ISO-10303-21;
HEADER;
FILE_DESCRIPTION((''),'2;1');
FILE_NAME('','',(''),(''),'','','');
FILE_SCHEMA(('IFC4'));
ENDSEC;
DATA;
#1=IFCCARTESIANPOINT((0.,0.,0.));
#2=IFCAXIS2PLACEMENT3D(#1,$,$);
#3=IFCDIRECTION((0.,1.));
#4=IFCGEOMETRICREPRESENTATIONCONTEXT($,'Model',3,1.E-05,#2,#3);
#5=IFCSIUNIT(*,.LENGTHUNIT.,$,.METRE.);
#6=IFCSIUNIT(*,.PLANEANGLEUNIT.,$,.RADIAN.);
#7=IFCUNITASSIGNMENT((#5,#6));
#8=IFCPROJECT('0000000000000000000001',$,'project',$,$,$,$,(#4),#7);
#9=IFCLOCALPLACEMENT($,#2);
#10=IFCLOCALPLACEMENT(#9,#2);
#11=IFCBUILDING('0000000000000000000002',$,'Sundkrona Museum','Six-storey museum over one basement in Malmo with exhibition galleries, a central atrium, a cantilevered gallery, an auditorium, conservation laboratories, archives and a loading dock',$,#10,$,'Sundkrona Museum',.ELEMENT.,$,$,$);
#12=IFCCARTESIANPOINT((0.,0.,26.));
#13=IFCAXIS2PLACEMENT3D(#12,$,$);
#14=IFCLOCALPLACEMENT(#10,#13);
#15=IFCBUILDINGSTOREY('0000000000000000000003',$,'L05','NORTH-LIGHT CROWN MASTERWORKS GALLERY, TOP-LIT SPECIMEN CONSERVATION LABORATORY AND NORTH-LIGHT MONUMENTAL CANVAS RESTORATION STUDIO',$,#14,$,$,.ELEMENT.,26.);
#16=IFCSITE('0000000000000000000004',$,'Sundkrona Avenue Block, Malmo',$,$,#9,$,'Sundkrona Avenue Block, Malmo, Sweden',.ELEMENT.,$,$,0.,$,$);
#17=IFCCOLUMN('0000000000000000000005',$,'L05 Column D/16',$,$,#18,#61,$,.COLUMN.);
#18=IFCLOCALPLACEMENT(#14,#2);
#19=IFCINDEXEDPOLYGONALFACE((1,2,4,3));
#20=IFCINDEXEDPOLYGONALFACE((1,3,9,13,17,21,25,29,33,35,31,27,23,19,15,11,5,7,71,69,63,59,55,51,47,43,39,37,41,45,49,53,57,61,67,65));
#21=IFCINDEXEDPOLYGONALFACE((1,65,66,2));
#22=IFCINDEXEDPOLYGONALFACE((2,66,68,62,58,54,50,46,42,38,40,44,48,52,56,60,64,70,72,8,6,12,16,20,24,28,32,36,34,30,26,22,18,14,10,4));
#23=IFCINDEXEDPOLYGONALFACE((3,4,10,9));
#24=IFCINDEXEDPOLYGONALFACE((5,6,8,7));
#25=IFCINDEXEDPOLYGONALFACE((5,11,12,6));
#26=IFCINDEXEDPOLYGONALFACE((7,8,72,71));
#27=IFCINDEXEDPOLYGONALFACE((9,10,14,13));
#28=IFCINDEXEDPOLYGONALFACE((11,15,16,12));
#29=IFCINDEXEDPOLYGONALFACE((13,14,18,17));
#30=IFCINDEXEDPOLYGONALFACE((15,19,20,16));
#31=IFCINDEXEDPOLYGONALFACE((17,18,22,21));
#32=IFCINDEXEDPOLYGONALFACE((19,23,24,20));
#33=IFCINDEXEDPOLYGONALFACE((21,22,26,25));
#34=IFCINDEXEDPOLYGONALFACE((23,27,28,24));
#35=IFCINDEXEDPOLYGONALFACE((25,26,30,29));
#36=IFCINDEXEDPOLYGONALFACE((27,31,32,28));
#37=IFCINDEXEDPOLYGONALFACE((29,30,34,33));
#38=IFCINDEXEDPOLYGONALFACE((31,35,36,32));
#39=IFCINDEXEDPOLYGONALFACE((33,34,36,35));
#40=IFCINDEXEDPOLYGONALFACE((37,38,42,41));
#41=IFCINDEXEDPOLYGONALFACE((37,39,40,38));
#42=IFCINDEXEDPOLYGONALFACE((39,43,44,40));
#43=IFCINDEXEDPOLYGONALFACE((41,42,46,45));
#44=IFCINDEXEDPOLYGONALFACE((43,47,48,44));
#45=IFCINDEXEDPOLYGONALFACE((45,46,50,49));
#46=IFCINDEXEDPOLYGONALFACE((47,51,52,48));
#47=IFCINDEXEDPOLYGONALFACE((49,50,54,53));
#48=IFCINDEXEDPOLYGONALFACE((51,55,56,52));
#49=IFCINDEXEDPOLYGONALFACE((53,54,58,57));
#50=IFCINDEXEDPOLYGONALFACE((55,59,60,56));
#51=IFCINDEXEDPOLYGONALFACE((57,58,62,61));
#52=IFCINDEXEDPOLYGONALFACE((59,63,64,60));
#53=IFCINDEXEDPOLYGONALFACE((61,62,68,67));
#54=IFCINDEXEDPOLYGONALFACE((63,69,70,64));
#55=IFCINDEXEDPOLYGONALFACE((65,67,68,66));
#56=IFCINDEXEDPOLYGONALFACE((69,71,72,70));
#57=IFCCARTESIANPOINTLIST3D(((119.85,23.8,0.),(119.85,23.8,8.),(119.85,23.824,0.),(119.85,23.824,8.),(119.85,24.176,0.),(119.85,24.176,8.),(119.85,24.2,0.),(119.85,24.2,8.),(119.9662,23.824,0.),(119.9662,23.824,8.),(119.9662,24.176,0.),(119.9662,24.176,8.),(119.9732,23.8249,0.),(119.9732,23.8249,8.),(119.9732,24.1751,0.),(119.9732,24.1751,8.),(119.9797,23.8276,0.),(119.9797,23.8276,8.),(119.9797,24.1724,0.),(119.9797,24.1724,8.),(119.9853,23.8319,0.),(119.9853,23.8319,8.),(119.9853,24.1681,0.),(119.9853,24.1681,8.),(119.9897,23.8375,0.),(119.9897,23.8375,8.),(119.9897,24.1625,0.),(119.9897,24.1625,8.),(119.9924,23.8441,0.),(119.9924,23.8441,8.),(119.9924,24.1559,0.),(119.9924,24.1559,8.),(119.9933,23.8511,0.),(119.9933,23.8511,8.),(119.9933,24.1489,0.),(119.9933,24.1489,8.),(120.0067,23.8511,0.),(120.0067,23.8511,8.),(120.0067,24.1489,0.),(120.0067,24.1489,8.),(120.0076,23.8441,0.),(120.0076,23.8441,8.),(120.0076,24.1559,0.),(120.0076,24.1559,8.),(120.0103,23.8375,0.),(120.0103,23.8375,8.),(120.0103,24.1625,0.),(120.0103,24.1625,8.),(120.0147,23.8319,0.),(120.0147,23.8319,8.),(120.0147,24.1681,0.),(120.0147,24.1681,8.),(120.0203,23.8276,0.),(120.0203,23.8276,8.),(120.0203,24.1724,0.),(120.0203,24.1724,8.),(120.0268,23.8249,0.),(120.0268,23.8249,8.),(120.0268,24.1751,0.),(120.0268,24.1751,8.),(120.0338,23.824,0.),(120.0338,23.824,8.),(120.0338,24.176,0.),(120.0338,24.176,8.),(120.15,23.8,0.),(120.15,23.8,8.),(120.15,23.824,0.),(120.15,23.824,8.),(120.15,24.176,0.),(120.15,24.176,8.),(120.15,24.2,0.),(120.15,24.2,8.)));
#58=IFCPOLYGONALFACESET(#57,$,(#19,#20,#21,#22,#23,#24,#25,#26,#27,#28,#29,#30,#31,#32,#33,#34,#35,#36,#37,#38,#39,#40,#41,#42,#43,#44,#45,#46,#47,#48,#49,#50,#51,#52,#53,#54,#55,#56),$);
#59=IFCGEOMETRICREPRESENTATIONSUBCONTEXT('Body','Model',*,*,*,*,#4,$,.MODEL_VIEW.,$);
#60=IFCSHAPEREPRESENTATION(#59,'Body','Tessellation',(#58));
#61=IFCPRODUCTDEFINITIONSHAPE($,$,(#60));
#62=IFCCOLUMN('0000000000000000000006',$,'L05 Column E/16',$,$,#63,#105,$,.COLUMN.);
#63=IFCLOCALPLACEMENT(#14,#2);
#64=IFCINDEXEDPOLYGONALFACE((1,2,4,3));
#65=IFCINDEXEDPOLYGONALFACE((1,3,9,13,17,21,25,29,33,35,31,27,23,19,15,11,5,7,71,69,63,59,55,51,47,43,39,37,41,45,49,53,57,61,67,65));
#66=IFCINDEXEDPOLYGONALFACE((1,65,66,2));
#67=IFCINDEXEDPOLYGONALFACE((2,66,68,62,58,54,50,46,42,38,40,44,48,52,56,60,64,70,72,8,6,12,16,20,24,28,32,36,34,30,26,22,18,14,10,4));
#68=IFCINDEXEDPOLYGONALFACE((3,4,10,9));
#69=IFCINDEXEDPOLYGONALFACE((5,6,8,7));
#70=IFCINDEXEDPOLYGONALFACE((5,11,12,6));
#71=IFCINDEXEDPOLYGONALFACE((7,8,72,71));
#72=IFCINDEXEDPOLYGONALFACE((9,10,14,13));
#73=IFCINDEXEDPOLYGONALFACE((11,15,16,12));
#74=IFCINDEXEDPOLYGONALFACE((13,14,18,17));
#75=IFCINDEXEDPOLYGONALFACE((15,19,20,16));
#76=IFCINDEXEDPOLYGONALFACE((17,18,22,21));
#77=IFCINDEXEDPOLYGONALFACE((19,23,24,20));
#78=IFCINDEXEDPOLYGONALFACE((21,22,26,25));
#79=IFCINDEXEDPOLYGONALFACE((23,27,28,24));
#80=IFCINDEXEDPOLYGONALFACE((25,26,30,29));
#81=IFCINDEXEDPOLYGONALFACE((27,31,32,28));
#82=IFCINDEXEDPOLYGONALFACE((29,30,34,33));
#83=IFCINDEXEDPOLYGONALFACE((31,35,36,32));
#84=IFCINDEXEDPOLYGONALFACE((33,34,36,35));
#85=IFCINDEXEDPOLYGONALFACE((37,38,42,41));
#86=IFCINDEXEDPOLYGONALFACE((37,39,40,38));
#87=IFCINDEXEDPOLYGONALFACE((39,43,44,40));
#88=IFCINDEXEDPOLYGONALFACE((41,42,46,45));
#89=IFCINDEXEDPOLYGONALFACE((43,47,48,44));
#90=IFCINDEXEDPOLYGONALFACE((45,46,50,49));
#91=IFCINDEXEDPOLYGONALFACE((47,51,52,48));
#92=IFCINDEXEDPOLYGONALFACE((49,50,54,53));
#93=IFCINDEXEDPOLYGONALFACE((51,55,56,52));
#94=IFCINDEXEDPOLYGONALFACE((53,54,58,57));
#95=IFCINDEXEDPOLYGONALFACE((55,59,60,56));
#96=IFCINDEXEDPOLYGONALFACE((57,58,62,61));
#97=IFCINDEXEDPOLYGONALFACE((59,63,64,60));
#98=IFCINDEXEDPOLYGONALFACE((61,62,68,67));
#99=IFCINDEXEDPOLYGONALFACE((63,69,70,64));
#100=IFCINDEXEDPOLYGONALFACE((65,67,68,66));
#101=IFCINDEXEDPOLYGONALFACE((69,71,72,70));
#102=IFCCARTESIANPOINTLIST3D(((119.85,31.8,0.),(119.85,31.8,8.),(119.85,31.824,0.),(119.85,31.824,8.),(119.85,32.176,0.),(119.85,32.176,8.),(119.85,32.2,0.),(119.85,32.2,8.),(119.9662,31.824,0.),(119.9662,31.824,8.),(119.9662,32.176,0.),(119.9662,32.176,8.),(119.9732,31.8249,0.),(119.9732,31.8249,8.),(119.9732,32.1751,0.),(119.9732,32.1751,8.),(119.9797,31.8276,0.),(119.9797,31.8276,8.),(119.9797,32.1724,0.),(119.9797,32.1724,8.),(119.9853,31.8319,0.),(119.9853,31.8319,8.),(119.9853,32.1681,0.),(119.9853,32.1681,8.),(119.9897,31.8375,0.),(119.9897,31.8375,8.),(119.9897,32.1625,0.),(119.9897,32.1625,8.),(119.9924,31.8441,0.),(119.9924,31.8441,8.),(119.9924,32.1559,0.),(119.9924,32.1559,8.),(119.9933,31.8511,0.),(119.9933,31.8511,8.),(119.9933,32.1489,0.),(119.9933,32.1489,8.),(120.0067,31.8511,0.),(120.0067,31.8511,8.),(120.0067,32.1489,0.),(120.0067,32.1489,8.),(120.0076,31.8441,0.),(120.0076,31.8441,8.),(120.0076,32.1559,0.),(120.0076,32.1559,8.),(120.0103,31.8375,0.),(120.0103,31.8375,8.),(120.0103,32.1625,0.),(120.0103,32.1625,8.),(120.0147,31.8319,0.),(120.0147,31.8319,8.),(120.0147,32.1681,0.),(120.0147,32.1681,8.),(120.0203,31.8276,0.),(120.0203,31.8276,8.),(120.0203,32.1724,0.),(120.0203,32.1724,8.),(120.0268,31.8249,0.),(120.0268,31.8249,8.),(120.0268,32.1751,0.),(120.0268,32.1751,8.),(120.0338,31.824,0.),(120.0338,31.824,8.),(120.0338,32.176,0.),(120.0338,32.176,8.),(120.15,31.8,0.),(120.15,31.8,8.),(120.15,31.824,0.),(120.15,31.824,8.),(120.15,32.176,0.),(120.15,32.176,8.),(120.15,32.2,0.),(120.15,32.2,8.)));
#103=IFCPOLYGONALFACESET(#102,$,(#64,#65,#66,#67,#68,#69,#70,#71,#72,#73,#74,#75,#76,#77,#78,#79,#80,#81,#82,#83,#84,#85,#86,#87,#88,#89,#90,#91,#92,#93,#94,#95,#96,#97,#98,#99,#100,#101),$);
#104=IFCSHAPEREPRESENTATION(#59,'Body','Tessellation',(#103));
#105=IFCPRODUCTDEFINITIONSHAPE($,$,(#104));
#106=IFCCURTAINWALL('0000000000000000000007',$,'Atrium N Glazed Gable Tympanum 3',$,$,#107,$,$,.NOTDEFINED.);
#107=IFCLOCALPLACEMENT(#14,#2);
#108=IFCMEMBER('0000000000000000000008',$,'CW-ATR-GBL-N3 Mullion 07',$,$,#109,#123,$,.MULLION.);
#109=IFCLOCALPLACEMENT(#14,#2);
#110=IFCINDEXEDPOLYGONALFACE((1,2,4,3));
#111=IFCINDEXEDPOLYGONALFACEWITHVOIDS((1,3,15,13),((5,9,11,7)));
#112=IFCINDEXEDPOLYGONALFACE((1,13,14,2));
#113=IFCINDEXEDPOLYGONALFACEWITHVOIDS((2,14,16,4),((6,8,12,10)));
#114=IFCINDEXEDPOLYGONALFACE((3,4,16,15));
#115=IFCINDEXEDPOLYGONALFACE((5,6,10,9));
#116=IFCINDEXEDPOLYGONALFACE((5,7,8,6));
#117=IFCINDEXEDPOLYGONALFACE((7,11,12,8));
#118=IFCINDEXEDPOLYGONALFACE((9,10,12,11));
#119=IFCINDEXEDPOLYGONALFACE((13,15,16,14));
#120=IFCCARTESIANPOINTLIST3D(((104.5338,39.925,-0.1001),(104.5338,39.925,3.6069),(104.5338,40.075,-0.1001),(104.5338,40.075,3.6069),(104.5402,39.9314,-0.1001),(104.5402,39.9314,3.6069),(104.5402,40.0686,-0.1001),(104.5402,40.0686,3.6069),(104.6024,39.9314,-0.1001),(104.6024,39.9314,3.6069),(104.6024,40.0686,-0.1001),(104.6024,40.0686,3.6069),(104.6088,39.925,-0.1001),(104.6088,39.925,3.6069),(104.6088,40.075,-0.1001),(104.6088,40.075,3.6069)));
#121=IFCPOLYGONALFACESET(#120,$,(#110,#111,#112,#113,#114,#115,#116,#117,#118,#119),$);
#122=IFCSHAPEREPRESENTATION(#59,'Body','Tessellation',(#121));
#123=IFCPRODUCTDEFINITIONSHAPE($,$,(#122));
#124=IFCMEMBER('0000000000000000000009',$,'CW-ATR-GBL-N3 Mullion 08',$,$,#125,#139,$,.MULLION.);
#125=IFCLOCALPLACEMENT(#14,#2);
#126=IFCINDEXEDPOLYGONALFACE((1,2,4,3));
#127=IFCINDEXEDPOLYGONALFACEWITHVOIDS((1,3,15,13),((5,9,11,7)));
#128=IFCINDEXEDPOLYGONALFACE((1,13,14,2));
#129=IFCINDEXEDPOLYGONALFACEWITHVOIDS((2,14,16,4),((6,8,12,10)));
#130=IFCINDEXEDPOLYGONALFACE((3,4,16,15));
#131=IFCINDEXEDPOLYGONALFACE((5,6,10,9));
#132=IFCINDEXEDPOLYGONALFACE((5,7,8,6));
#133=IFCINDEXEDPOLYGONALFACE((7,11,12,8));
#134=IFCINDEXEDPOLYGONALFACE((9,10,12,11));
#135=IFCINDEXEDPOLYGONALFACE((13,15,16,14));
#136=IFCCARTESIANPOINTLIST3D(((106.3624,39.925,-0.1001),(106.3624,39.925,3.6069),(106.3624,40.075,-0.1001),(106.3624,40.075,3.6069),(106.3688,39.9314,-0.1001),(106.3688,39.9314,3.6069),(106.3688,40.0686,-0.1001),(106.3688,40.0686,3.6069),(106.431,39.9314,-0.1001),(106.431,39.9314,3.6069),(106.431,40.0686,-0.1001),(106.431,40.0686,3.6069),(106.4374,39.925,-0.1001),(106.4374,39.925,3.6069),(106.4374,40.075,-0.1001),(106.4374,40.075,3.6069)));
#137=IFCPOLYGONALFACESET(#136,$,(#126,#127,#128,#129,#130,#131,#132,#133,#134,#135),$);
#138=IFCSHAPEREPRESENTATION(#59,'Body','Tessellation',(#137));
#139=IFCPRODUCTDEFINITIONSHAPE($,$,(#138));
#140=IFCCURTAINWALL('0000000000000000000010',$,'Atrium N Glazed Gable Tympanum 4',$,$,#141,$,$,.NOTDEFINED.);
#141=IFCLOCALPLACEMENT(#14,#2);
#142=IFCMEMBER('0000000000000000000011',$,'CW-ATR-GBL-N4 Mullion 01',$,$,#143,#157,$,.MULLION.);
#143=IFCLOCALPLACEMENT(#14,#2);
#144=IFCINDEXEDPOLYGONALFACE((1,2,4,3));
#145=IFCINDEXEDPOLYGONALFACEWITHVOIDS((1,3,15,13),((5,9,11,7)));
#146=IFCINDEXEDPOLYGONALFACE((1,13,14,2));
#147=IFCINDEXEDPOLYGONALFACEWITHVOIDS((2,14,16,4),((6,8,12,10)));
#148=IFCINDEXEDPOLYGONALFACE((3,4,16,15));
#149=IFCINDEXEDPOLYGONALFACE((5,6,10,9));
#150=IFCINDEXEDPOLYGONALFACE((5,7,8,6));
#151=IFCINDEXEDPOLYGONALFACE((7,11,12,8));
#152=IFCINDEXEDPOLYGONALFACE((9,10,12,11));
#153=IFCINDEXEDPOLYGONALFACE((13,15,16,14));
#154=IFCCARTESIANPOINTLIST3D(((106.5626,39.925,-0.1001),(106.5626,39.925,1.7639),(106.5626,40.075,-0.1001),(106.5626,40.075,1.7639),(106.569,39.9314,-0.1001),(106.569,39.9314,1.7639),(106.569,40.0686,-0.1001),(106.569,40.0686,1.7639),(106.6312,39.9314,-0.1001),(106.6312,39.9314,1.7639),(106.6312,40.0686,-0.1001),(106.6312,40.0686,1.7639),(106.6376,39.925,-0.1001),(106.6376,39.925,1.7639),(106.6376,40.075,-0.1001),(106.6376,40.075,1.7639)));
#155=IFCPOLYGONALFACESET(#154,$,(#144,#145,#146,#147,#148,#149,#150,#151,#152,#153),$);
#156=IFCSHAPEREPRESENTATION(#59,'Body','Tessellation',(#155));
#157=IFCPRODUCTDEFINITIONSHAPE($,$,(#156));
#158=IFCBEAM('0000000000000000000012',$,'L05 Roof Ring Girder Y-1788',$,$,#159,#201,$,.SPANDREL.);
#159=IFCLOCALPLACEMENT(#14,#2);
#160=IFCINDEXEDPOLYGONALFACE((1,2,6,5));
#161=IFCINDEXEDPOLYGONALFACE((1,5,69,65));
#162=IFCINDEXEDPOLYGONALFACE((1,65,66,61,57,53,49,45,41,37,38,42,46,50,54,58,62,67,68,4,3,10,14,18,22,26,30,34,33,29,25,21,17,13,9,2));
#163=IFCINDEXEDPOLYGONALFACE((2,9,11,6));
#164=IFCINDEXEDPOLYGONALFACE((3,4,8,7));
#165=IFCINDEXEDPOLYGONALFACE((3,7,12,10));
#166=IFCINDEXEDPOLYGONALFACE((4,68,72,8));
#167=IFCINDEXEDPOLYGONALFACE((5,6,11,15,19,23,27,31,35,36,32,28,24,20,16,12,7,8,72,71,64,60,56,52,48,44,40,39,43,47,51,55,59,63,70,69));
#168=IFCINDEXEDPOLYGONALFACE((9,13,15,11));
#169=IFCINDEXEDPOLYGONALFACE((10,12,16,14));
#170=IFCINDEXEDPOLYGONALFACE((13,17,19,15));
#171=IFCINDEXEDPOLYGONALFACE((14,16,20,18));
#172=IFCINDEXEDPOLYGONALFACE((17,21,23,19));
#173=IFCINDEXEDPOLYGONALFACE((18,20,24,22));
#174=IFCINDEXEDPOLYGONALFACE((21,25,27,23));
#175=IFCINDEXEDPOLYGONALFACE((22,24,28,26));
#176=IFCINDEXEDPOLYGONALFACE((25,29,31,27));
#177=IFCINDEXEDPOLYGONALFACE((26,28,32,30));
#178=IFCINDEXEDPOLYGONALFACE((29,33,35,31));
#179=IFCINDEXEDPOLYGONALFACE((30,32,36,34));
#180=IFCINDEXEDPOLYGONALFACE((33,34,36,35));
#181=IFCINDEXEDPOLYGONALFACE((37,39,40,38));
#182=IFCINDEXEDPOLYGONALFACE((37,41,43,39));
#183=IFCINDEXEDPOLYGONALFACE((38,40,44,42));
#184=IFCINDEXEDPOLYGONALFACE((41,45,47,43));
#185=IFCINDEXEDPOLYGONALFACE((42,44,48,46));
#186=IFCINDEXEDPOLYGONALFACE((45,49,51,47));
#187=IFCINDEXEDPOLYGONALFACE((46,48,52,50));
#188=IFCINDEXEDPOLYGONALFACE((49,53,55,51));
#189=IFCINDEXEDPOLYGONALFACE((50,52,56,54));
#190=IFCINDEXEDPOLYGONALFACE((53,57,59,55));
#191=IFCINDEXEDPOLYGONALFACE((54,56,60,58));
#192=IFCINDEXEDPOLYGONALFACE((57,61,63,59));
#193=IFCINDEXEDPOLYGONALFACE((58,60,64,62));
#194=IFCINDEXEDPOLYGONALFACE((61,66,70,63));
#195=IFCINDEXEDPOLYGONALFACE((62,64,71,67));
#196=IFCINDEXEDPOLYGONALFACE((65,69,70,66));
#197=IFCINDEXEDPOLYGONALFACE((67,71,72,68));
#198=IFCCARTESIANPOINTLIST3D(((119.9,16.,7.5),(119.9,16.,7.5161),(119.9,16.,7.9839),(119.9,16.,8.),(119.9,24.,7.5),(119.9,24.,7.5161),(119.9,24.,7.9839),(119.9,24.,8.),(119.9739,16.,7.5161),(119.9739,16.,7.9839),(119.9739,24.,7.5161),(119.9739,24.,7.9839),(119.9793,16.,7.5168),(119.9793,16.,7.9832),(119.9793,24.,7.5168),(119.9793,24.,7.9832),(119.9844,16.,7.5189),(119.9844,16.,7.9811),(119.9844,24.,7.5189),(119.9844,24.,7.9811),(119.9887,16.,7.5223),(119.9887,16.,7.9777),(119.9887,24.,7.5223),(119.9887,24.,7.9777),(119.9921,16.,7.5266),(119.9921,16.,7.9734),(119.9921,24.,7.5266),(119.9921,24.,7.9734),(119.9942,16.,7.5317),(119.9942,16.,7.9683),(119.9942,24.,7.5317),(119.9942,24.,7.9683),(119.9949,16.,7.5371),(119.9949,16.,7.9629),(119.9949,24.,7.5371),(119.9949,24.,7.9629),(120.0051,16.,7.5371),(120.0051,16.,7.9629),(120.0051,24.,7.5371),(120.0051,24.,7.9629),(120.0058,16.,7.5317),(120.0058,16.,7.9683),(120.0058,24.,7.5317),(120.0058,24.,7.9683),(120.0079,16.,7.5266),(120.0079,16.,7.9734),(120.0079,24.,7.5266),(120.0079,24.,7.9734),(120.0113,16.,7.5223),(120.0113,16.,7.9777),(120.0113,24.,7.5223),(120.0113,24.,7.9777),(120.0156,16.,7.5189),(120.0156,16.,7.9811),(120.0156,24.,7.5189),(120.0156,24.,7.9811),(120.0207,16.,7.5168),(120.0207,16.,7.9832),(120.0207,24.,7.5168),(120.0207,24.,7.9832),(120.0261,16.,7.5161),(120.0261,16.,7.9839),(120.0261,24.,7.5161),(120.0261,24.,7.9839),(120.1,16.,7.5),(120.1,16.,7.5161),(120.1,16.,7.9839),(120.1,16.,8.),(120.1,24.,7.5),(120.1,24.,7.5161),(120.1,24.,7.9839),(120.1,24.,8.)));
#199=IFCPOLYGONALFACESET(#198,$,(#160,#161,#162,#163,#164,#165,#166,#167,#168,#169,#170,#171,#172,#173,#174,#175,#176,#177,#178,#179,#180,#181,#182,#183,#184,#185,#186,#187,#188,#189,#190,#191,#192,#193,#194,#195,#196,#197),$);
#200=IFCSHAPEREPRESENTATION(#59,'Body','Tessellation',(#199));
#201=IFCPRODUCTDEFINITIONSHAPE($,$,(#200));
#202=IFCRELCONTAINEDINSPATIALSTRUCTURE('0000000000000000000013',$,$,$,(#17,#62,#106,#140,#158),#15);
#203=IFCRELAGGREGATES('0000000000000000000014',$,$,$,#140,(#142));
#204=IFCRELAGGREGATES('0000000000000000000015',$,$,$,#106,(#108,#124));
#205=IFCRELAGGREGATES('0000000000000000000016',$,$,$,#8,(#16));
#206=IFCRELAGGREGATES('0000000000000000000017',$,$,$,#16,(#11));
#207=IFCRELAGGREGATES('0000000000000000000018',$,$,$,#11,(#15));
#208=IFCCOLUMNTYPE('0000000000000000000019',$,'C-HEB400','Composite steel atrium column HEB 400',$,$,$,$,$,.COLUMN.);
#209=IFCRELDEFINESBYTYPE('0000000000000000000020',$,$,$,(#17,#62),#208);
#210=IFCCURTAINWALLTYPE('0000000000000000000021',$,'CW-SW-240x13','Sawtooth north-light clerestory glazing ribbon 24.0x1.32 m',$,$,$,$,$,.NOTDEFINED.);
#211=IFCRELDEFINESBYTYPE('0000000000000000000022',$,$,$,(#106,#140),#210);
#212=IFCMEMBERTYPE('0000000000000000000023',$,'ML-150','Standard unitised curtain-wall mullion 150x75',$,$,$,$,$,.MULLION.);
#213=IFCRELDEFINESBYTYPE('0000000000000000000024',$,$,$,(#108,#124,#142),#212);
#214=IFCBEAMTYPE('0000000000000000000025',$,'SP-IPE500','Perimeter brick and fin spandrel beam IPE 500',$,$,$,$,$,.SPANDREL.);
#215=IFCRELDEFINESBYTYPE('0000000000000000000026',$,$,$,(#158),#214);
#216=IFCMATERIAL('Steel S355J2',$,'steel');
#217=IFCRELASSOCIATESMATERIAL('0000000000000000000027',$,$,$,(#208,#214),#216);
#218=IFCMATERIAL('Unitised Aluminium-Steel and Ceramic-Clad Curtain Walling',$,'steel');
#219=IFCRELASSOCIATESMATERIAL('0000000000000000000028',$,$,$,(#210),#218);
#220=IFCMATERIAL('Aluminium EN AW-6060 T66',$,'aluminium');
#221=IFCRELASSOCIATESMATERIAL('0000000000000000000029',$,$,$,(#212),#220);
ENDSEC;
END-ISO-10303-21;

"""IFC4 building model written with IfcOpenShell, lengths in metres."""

from ifc_helpers import new_model, si_unit, direction, frame, origin, origin_2d, place, context, subcontext, project, spatial, hollow_rectangle, i_section, extrude, material, material_profile, profile_set, type_object, element, aggregate, save


model = new_model("IFC4")

# Units and contexts
model_context = context("Model", 3, precision=1e-05, world=origin(), true_north=direction((0.0, 1.0)))
body_context = subcontext(model_context, "Body", "Model", "MODEL_VIEW")
ifc_project = project(units=[si_unit("LENGTHUNIT", "METRE"), si_unit("PLANEANGLEUNIT", "RADIAN")], contexts=[model_context])

# Site, building, storey
site_placement = place(None, origin())
site = spatial("IfcSite", under=ifc_project, at=site_placement, Name="Sundkrona Avenue Block, Malmo", LongName="Sundkrona Avenue Block, Malmo, Sweden", CompositionType="ELEMENT", RefElevation=0.0)
building_placement = place(site_placement, origin())
building = spatial("IfcBuilding", under=site, at=building_placement, Name="Sundkrona Museum", Description="Six-storey museum over one basement in Malmo with exhibition galleries, a central atrium, a cantilevered gallery, an auditorium, conservation laboratories, archives and a loading dock", LongName="Sundkrona Museum", CompositionType="ELEMENT")
storey_placement = place(building_placement, frame((0.0, 0.0, 26.0)))
storey = spatial("IfcBuildingStorey", under=building, at=storey_placement, Name="L05", Description="NORTH-LIGHT CROWN MASTERWORKS GALLERY, TOP-LIT SPECIMEN CONSERVATION LABORATORY AND NORTH-LIGHT MONUMENTAL CANVAS RESTORATION STUDIO", CompositionType="ELEMENT", Elevation=26.0)

# Columns
ifc_material_1 = material(Name="Steel S355J2", Category="steel")
ifc_material_profile_1 = material_profile(ifc_material_1, i_section(OverallWidth=0.3, OverallDepth=0.3999, WebThickness=0.0134, FlangeThickness=0.0239, FilletRadius=0.0271, at=origin_2d()), Name="HEB 400")
ifc_profile_set_1 = profile_set([ifc_material_profile_1], Name="Steel S355J2")
column_type = type_object("IfcColumnType", Name="C-HEB400", Description="Composite steel atrium column HEB 400", PredefinedType="COLUMN", material=ifc_profile_set_1)
for number, where, z_axis, x_axis, name in (
    (1, (120.0, 24.0, 0.0), (0.0, 0.0, 1.0), (1.0, 0.0, 0.0), "L05 Column D/16"),
    (2, (120.0, 32.0, 0.0), (0.0, 0.0, 1.0), (1.0, 0.0, 0.0), "L05 Column E/16"),
):
    element("IfcColumn", number, at=place(storey_placement, frame(where, z_axis=z_axis, x_axis=x_axis)), inside=storey, type_object=column_type, Name=name, PredefinedType="COLUMN", context=body_context, shape_type="SweptSolid", body=[
        extrude(i_section(OverallWidth=0.3, OverallDepth=0.3999, WebThickness=0.0134, FlangeThickness=0.0239, FilletRadius=0.0271, at=origin_2d()), origin(), (0.0, 0.0, 1.0), 8.0),
    ])

# Curtain wall, members
ifc_material_2 = material(Name="Unitised Aluminium-Steel and Ceramic-Clad Curtain Walling", Category="steel")
curtain_wall_type = type_object("IfcCurtainWallType", Name="CW-SW-240x13", Description="Sawtooth north-light clerestory glazing ribbon 24.0x1.32 m", PredefinedType="NOTDEFINED", material=ifc_material_2)
curtain_wall_1_placement = place(storey_placement, origin())
curtain_wall_1 = element("IfcCurtainWall", 3, at=curtain_wall_1_placement, inside=storey, type_object=curtain_wall_type, Name="Atrium N Glazed Gable Tympanum 3", PredefinedType="NOTDEFINED")
ifc_material_3 = material(Name="Aluminium EN AW-6060 T66", Category="aluminium")
ifc_material_profile_2 = material_profile(ifc_material_3, hollow_rectangle(XDim=0.075, YDim=0.1499, WallThickness=0.0063, at=origin_2d()), Name="RHS 150x75x6.3")
ifc_profile_set_2 = profile_set([ifc_material_profile_2], Name="Aluminium EN AW-6060 T66")
member_type_1 = type_object("IfcMemberType", Name="ML-150", Description="Standard unitised curtain-wall mullion 150x75", PredefinedType="MULLION", material=ifc_profile_set_2)
member_1_placement = place(storey_placement, frame((104.5713, 40.0, -0.1001), z_axis=(0.0, 0.0, 1.0), x_axis=(1.0, 0.0, 0.0)))
member_1 = element("IfcMember", 4, at=member_1_placement, type_object=member_type_1, Name="CW-ATR-GBL-N3 Mullion 07", PredefinedType="MULLION", context=body_context, shape_type="SweptSolid", body=[
    extrude(hollow_rectangle(XDim=0.075, YDim=0.1499, WallThickness=0.0063, at=origin_2d()), origin(), (0.0, 0.0, 1.0), 3.707),
])
member_2_placement = place(storey_placement, frame((106.3999, 40.0, -0.1001), z_axis=(0.0, 0.0, 1.0), x_axis=(1.0, 0.0, 0.0)))
member_2 = element("IfcMember", 5, at=member_2_placement, type_object=member_type_1, Name="CW-ATR-GBL-N3 Mullion 08", PredefinedType="MULLION", context=body_context, shape_type="SweptSolid", body=[
    extrude(hollow_rectangle(XDim=0.075, YDim=0.1499, WallThickness=0.0063, at=origin_2d()), origin(), (0.0, 0.0, 1.0), 3.707),
])

# Curtain wall, member
curtain_wall_2_placement = place(storey_placement, origin())
curtain_wall_2 = element("IfcCurtainWall", 6, at=curtain_wall_2_placement, inside=storey, type_object=curtain_wall_type, Name="Atrium N Glazed Gable Tympanum 4", PredefinedType="NOTDEFINED")
member_3_placement = place(storey_placement, frame((106.6001, 40.0, -0.1001), z_axis=(0.0, 0.0, 1.0), x_axis=(1.0, 0.0, 0.0)))
member_3 = element("IfcMember", 7, at=member_3_placement, type_object=member_type_1, Name="CW-ATR-GBL-N4 Mullion 01", PredefinedType="MULLION", context=body_context, shape_type="SweptSolid", body=[
    extrude(hollow_rectangle(XDim=0.075, YDim=0.1499, WallThickness=0.0063, at=origin_2d()), origin(), (0.0, 0.0, 1.0), 1.864),
])
aggregate(curtain_wall_2, [member_3])

# Beam
ifc_material_profile_3 = material_profile(ifc_material_1, i_section(OverallWidth=0.2, OverallDepth=0.5, WebThickness=0.0103, FlangeThickness=0.0161, FilletRadius=0.021, at=origin_2d()), Name="IPE 500")
ifc_profile_set_3 = profile_set([ifc_material_profile_3], Name="Steel S355J2")
beam_type = type_object("IfcBeamType", Name="SP-IPE500", Description="Perimeter brick and fin spandrel beam IPE 500", PredefinedType="SPANDREL", material=ifc_profile_set_3)
for number, where, z_axis, x_axis, name in (
    (8, (120.0, 16.0, 7.75), (0.0, 1.0, 0.0), (-1.0, 0.0, 0.0), "L05 Roof Ring Girder Y-1788"),
):
    element("IfcBeam", number, at=place(storey_placement, frame(where, z_axis=z_axis, x_axis=x_axis)), inside=storey, type_object=beam_type, Name=name, PredefinedType="SPANDREL", context=body_context, shape_type="SweptSolid", body=[
        extrude(i_section(OverallWidth=0.2, OverallDepth=0.5, WebThickness=0.0103, FlangeThickness=0.0161, FilletRadius=0.021, at=origin_2d()), origin(), (0.0, 0.0, 1.0), 8.0),
    ])

aggregate(curtain_wall_1, [member_1, member_2])

save(model, "model.ifc")
